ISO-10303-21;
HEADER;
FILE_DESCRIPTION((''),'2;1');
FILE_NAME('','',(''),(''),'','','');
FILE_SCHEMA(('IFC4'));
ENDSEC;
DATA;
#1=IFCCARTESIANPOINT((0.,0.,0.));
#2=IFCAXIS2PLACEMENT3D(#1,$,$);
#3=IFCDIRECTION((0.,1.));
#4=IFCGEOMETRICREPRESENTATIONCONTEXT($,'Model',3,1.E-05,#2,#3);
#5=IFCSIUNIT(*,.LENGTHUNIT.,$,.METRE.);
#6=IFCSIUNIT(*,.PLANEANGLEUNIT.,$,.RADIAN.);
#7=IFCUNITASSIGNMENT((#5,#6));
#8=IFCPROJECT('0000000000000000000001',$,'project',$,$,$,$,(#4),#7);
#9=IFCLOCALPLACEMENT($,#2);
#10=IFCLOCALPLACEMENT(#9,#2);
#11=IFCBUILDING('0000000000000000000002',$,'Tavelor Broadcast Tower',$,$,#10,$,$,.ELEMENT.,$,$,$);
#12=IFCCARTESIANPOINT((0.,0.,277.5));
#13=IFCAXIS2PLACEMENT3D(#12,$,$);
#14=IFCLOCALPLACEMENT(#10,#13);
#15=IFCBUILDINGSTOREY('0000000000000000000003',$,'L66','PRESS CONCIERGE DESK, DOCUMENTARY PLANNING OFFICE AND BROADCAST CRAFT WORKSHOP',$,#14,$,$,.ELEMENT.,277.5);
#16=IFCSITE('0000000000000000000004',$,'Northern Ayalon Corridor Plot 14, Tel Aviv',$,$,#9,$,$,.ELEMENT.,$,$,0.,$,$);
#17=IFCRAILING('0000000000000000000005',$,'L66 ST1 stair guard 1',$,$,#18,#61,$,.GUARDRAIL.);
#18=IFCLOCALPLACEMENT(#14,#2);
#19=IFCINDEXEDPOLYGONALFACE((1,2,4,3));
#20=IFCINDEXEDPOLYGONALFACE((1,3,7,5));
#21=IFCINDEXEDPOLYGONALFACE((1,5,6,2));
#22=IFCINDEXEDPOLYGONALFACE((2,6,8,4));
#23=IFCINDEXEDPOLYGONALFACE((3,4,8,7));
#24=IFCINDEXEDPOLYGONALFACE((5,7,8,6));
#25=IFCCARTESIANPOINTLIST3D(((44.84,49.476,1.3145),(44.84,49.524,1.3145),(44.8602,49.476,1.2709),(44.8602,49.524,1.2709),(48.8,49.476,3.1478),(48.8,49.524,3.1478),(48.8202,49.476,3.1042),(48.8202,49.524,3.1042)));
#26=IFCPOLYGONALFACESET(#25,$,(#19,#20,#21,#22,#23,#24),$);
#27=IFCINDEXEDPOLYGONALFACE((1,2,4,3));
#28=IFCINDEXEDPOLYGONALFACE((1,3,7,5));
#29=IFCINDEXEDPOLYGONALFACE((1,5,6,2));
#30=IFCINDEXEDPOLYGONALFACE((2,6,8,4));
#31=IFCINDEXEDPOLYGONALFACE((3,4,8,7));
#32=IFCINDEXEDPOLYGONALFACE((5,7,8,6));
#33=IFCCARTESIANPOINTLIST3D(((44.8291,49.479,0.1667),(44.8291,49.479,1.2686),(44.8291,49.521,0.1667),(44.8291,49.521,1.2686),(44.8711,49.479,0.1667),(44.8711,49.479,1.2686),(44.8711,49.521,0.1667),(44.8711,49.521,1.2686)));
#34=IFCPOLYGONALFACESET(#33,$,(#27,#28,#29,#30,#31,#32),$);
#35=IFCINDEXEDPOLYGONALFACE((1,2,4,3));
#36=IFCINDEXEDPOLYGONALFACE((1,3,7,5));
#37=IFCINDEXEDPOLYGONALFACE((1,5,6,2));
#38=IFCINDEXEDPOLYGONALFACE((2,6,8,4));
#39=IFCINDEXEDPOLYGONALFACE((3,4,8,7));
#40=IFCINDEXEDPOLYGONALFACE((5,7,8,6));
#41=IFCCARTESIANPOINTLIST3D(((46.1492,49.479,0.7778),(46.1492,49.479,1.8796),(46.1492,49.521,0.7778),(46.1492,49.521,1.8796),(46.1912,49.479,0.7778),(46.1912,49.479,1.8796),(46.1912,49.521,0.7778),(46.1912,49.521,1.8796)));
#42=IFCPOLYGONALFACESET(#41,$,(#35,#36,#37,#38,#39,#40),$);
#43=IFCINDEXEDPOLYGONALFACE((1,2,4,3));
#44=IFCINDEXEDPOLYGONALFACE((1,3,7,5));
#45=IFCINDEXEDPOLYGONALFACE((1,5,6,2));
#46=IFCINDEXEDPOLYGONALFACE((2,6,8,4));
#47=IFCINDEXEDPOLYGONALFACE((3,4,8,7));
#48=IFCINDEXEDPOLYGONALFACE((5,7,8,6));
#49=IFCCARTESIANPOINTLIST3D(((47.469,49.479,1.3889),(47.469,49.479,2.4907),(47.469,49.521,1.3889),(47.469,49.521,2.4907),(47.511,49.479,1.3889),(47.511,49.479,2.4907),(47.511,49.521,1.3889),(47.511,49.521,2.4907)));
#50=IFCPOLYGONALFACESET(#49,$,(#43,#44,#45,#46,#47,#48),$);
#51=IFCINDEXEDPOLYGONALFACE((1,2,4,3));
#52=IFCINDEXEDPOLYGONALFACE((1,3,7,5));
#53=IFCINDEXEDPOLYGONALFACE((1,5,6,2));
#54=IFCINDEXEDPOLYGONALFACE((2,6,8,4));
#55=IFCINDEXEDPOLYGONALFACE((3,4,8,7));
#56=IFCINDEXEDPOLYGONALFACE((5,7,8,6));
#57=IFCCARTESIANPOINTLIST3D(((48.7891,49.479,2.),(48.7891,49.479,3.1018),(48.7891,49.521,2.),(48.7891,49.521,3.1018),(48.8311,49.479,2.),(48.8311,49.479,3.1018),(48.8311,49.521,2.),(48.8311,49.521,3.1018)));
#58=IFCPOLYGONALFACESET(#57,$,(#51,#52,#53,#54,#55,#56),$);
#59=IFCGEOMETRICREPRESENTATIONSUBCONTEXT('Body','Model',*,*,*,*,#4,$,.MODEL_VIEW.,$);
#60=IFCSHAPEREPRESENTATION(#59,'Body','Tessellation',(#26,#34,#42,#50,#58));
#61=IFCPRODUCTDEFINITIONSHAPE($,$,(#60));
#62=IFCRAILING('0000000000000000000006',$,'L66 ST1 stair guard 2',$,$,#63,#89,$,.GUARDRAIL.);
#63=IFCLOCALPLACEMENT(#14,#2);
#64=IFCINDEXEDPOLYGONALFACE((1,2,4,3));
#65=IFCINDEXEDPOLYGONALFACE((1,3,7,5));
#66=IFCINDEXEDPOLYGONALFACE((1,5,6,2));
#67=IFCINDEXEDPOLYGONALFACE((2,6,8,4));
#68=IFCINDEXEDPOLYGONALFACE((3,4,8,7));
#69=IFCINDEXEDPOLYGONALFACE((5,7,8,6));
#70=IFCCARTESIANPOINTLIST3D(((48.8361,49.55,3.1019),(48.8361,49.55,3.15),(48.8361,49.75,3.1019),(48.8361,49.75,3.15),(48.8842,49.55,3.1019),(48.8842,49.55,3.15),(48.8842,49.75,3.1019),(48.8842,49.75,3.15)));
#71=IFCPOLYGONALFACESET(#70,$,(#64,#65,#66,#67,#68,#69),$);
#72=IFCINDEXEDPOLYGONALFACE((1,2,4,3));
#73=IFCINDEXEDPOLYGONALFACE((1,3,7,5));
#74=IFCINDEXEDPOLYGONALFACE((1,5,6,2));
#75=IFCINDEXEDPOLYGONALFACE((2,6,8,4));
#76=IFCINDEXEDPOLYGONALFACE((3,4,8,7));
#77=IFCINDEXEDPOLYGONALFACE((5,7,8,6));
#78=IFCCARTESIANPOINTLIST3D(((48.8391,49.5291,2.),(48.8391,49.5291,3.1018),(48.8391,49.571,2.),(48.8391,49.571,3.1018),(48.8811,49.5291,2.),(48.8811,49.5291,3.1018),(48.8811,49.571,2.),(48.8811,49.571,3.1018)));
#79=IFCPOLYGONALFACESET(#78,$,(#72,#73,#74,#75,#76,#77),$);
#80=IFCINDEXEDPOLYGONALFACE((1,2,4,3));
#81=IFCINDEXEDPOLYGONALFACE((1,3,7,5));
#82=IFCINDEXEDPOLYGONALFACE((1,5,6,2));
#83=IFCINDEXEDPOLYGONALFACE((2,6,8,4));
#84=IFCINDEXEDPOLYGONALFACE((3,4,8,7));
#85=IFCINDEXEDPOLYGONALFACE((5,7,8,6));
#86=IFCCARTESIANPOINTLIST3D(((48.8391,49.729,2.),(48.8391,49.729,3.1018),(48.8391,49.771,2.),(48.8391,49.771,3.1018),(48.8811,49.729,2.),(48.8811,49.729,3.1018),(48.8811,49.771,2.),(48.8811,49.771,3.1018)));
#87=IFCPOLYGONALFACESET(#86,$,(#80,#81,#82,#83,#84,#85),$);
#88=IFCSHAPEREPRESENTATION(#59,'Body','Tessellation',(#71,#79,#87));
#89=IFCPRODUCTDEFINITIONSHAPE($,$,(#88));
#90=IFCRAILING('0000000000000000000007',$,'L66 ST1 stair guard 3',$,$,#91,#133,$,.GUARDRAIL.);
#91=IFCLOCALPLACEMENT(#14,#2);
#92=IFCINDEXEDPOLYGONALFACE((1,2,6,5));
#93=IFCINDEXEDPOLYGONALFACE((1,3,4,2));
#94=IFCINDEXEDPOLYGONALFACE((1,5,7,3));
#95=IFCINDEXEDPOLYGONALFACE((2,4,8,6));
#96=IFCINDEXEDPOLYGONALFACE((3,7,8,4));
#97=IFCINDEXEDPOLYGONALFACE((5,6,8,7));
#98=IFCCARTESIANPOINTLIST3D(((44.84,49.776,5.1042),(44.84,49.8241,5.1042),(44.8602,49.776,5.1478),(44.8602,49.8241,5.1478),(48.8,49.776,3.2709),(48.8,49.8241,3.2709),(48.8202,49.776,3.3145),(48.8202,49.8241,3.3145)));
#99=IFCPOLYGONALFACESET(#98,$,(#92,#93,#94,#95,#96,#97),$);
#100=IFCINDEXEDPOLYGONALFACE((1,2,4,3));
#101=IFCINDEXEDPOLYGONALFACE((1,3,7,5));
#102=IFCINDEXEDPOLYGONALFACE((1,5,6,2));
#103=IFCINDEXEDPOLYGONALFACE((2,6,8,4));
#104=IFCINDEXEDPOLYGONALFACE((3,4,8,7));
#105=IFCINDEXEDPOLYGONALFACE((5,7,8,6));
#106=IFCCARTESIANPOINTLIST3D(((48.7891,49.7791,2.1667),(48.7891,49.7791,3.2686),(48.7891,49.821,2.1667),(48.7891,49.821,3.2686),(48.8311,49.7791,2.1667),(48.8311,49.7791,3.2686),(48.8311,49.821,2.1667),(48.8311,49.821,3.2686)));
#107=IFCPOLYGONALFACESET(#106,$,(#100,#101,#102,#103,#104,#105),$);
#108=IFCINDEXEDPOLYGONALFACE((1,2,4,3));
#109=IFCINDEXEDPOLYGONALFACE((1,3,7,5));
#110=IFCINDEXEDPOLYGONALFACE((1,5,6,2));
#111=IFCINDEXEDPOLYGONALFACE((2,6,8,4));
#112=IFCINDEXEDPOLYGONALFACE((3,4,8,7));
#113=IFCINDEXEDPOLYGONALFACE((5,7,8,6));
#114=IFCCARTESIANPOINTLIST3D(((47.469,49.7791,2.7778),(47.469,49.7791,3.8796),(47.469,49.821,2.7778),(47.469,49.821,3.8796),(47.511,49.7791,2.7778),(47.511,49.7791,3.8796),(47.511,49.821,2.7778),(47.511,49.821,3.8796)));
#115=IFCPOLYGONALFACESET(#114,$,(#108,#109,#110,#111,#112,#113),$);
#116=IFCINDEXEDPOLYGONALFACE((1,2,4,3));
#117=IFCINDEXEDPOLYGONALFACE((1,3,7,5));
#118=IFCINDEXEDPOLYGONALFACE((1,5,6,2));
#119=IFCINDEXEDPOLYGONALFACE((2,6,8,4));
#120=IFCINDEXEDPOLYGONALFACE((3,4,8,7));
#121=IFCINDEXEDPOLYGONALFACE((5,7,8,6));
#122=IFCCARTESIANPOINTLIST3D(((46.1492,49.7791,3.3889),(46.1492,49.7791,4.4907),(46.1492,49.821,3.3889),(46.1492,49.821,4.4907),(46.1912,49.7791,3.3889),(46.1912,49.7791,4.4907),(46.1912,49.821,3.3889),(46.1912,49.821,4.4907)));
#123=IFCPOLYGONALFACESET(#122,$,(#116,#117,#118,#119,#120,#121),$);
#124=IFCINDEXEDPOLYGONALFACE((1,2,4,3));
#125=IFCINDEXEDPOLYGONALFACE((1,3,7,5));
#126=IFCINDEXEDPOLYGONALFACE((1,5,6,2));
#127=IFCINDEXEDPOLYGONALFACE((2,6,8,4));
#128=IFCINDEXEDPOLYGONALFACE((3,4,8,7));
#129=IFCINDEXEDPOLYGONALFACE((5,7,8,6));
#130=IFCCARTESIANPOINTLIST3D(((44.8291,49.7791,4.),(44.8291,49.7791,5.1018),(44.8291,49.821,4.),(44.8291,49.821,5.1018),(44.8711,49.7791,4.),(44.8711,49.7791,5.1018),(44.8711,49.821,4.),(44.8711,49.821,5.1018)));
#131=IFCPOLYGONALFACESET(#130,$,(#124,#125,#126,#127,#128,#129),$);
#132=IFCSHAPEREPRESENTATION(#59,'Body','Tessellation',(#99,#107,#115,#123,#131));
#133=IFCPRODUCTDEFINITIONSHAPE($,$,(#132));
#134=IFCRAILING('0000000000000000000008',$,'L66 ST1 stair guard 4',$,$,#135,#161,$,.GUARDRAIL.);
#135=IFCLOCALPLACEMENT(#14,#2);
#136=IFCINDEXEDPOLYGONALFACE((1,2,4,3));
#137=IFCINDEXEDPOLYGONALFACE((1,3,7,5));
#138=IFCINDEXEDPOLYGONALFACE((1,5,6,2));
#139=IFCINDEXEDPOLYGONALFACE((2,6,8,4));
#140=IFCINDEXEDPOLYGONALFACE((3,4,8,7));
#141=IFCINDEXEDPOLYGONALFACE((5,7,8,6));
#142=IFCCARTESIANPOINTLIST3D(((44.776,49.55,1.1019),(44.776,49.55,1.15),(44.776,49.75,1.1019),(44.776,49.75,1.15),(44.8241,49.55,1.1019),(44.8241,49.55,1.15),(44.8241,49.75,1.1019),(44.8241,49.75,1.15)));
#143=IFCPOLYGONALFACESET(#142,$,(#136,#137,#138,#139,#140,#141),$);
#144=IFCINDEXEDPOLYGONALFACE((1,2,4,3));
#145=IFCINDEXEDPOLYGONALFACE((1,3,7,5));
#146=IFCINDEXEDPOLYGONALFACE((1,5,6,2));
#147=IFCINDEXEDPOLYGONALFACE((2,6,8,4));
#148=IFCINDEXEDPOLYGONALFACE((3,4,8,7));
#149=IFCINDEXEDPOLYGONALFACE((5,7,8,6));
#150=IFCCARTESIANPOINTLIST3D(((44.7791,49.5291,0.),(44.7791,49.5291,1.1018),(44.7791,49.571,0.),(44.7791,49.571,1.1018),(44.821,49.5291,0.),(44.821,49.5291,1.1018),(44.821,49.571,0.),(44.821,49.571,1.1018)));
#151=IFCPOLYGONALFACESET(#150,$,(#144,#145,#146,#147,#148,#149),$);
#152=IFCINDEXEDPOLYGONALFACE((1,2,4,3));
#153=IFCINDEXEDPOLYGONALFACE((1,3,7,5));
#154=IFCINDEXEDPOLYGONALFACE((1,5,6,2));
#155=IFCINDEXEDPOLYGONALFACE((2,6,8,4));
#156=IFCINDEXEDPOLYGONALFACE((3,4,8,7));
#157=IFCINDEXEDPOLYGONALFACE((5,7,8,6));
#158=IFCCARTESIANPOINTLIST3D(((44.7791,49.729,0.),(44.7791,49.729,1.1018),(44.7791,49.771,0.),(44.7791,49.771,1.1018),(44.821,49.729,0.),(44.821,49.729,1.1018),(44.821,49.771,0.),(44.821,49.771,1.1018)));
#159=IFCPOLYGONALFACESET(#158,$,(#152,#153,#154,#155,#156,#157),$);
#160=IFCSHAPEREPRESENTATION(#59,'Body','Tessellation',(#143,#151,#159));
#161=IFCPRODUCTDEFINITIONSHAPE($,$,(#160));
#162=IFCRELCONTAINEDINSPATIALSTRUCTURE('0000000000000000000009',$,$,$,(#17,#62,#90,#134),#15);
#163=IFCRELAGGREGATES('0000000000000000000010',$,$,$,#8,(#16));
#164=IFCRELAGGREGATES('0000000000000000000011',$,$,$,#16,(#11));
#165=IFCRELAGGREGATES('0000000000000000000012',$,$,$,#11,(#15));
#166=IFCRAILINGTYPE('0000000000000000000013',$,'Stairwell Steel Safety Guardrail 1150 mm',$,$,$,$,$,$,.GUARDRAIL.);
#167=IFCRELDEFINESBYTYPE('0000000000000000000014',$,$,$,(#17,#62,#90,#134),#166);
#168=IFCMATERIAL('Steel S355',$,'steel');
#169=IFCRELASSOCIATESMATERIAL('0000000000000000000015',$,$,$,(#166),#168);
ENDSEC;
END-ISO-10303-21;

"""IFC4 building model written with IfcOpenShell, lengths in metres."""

from ifc_helpers import new_model, si_unit, direction, frame, origin, origin_2d, place, context, subcontext, project, spatial, rectangle, extrude, material, type_object, element, save


model = new_model("IFC4")

# Units and contexts
model_context = context("Model", 3, precision=1e-05, world=origin(), true_north=direction((0.0, 1.0)))
body_context = subcontext(model_context, "Body", "Model", "MODEL_VIEW")
ifc_project = project(units=[si_unit("LENGTHUNIT", "METRE"), si_unit("PLANEANGLEUNIT", "RADIAN")], contexts=[model_context])

# Site, building, storey
site_placement = place(None, origin())
site = spatial("IfcSite", under=ifc_project, at=site_placement, Name="Northern Ayalon Corridor Plot 14, Tel Aviv", CompositionType="ELEMENT", RefElevation=0.0)
building_placement = place(site_placement, origin())
building = spatial("IfcBuilding", under=site, at=building_placement, Name="Tavelor Broadcast Tower", CompositionType="ELEMENT")
storey_placement = place(building_placement, frame((0.0, 0.0, 277.5)))
storey = spatial("IfcBuildingStorey", under=building, at=storey_placement, Name="L66", Description="PRESS CONCIERGE DESK, DOCUMENTARY PLANNING OFFICE AND BROADCAST CRAFT WORKSHOP", CompositionType="ELEMENT", Elevation=277.5)

# Shared definitions
ifc_material_1 = material(Name="Steel S355", Category="steel")

# Railings
railing_type_1 = type_object("IfcRailingType", Name="Stairwell Steel Safety Guardrail 1150 mm", PredefinedType="GUARDRAIL", material=ifc_material_1)
railing_1_placement = place(storey_placement, frame((44.8501, 49.5, 0.1667)))
element("IfcRailing", 1, at=railing_1_placement, inside=storey, type_object=railing_type_1, Name="L66 ST1 stair guard 1", PredefinedType="GUARDRAIL", context=body_context, shape_type="SweptSolid", body=[
    extrude(rectangle(XDim=0.0481, YDim=0.0481, at=origin_2d()), frame((0.0, 0.0, 1.126), z_axis=(0.907472, 0.0, 0.420112), x_axis=(0.0, 1.0, 0.0)), (0.0, 0.0, 1.0), 4.3638),
    extrude(rectangle(XDim=0.042, YDim=0.042, at=origin_2d()), origin(), (0.0, 0.0, 1.0), 1.1018),
    extrude(rectangle(XDim=0.042, YDim=0.042, at=origin_2d()), frame((1.3201, 0.0, 0.6111)), (0.0, 0.0, 1.0), 1.1018),
    extrude(rectangle(XDim=0.042, YDim=0.042, at=origin_2d()), frame((2.6399, 0.0, 1.2222)), (0.0, 0.0, 1.0), 1.1018),
    extrude(rectangle(XDim=0.042, YDim=0.042, at=origin_2d()), frame((3.96, 0.0, 1.8333)), (0.0, 0.0, 1.0), 1.1018),
])
railing_2_placement = place(storey_placement, frame((48.8601, 49.55, 2.0)))
element("IfcRailing", 2, at=railing_2_placement, inside=storey, type_object=railing_type_1, Name="L66 ST1 stair guard 2", PredefinedType="GUARDRAIL", context=body_context, shape_type="SweptSolid", body=[
    extrude(rectangle(XDim=0.0481, YDim=0.0481, at=origin_2d()), frame((0.0, 0.0, 1.126), z_axis=(0.0, 1.0, 0.0), x_axis=(-1.0, 0.0, 0.0)), (0.0, 0.0, 1.0), 0.2),
    extrude(rectangle(XDim=0.042, YDim=0.042, at=origin_2d()), origin(), (0.0, 0.0, 1.0), 1.1018),
    extrude(rectangle(XDim=0.042, YDim=0.042, at=origin_2d()), frame((0.0, 0.2, 0.0)), (0.0, 0.0, 1.0), 1.1018),
])
railing_3_placement = place(storey_placement, frame((48.8101, 49.8, 2.1667)))
element("IfcRailing", 3, at=railing_3_placement, inside=storey, type_object=railing_type_1, Name="L66 ST1 stair guard 3", PredefinedType="GUARDRAIL", context=body_context, shape_type="SweptSolid", body=[
    extrude(rectangle(XDim=0.0481, YDim=0.0481, at=origin_2d()), frame((0.0, 0.0, 1.126), z_axis=(-0.907472, 0.0, 0.420112), x_axis=(0.0, -1.0, 0.0)), (0.0, 0.0, 1.0), 4.3638),
    extrude(rectangle(XDim=0.042, YDim=0.042, at=origin_2d()), origin(), (0.0, 0.0, 1.0), 1.1018),
    extrude(rectangle(XDim=0.042, YDim=0.042, at=origin_2d()), frame((-1.3201, 0.0, 0.6111)), (0.0, 0.0, 1.0), 1.1018),
    extrude(rectangle(XDim=0.042, YDim=0.042, at=origin_2d()), frame((-2.6399, 0.0, 1.2222)), (0.0, 0.0, 1.0), 1.1018),
    extrude(rectangle(XDim=0.042, YDim=0.042, at=origin_2d()), frame((-3.96, 0.0, 1.8333)), (0.0, 0.0, 1.0), 1.1018),
])
railing_4_placement = place(storey_placement, frame((44.8, 49.55, 0.0)))
element("IfcRailing", 4, at=railing_4_placement, inside=storey, type_object=railing_type_1, Name="L66 ST1 stair guard 4", PredefinedType="GUARDRAIL", context=body_context, shape_type="SweptSolid", body=[
    extrude(rectangle(XDim=0.0481, YDim=0.0481, at=origin_2d()), frame((0.0, 0.0, 1.126), z_axis=(0.0, 1.0, 0.0), x_axis=(-1.0, 0.0, 0.0)), (0.0, 0.0, 1.0), 0.2),
    extrude(rectangle(XDim=0.042, YDim=0.042, at=origin_2d()), origin(), (0.0, 0.0, 1.0), 1.1018),
    extrude(rectangle(XDim=0.042, YDim=0.042, at=origin_2d()), frame((0.0, 0.2, 0.0)), (0.0, 0.0, 1.0), 1.1018),
])

save(model, "model.ifc")
